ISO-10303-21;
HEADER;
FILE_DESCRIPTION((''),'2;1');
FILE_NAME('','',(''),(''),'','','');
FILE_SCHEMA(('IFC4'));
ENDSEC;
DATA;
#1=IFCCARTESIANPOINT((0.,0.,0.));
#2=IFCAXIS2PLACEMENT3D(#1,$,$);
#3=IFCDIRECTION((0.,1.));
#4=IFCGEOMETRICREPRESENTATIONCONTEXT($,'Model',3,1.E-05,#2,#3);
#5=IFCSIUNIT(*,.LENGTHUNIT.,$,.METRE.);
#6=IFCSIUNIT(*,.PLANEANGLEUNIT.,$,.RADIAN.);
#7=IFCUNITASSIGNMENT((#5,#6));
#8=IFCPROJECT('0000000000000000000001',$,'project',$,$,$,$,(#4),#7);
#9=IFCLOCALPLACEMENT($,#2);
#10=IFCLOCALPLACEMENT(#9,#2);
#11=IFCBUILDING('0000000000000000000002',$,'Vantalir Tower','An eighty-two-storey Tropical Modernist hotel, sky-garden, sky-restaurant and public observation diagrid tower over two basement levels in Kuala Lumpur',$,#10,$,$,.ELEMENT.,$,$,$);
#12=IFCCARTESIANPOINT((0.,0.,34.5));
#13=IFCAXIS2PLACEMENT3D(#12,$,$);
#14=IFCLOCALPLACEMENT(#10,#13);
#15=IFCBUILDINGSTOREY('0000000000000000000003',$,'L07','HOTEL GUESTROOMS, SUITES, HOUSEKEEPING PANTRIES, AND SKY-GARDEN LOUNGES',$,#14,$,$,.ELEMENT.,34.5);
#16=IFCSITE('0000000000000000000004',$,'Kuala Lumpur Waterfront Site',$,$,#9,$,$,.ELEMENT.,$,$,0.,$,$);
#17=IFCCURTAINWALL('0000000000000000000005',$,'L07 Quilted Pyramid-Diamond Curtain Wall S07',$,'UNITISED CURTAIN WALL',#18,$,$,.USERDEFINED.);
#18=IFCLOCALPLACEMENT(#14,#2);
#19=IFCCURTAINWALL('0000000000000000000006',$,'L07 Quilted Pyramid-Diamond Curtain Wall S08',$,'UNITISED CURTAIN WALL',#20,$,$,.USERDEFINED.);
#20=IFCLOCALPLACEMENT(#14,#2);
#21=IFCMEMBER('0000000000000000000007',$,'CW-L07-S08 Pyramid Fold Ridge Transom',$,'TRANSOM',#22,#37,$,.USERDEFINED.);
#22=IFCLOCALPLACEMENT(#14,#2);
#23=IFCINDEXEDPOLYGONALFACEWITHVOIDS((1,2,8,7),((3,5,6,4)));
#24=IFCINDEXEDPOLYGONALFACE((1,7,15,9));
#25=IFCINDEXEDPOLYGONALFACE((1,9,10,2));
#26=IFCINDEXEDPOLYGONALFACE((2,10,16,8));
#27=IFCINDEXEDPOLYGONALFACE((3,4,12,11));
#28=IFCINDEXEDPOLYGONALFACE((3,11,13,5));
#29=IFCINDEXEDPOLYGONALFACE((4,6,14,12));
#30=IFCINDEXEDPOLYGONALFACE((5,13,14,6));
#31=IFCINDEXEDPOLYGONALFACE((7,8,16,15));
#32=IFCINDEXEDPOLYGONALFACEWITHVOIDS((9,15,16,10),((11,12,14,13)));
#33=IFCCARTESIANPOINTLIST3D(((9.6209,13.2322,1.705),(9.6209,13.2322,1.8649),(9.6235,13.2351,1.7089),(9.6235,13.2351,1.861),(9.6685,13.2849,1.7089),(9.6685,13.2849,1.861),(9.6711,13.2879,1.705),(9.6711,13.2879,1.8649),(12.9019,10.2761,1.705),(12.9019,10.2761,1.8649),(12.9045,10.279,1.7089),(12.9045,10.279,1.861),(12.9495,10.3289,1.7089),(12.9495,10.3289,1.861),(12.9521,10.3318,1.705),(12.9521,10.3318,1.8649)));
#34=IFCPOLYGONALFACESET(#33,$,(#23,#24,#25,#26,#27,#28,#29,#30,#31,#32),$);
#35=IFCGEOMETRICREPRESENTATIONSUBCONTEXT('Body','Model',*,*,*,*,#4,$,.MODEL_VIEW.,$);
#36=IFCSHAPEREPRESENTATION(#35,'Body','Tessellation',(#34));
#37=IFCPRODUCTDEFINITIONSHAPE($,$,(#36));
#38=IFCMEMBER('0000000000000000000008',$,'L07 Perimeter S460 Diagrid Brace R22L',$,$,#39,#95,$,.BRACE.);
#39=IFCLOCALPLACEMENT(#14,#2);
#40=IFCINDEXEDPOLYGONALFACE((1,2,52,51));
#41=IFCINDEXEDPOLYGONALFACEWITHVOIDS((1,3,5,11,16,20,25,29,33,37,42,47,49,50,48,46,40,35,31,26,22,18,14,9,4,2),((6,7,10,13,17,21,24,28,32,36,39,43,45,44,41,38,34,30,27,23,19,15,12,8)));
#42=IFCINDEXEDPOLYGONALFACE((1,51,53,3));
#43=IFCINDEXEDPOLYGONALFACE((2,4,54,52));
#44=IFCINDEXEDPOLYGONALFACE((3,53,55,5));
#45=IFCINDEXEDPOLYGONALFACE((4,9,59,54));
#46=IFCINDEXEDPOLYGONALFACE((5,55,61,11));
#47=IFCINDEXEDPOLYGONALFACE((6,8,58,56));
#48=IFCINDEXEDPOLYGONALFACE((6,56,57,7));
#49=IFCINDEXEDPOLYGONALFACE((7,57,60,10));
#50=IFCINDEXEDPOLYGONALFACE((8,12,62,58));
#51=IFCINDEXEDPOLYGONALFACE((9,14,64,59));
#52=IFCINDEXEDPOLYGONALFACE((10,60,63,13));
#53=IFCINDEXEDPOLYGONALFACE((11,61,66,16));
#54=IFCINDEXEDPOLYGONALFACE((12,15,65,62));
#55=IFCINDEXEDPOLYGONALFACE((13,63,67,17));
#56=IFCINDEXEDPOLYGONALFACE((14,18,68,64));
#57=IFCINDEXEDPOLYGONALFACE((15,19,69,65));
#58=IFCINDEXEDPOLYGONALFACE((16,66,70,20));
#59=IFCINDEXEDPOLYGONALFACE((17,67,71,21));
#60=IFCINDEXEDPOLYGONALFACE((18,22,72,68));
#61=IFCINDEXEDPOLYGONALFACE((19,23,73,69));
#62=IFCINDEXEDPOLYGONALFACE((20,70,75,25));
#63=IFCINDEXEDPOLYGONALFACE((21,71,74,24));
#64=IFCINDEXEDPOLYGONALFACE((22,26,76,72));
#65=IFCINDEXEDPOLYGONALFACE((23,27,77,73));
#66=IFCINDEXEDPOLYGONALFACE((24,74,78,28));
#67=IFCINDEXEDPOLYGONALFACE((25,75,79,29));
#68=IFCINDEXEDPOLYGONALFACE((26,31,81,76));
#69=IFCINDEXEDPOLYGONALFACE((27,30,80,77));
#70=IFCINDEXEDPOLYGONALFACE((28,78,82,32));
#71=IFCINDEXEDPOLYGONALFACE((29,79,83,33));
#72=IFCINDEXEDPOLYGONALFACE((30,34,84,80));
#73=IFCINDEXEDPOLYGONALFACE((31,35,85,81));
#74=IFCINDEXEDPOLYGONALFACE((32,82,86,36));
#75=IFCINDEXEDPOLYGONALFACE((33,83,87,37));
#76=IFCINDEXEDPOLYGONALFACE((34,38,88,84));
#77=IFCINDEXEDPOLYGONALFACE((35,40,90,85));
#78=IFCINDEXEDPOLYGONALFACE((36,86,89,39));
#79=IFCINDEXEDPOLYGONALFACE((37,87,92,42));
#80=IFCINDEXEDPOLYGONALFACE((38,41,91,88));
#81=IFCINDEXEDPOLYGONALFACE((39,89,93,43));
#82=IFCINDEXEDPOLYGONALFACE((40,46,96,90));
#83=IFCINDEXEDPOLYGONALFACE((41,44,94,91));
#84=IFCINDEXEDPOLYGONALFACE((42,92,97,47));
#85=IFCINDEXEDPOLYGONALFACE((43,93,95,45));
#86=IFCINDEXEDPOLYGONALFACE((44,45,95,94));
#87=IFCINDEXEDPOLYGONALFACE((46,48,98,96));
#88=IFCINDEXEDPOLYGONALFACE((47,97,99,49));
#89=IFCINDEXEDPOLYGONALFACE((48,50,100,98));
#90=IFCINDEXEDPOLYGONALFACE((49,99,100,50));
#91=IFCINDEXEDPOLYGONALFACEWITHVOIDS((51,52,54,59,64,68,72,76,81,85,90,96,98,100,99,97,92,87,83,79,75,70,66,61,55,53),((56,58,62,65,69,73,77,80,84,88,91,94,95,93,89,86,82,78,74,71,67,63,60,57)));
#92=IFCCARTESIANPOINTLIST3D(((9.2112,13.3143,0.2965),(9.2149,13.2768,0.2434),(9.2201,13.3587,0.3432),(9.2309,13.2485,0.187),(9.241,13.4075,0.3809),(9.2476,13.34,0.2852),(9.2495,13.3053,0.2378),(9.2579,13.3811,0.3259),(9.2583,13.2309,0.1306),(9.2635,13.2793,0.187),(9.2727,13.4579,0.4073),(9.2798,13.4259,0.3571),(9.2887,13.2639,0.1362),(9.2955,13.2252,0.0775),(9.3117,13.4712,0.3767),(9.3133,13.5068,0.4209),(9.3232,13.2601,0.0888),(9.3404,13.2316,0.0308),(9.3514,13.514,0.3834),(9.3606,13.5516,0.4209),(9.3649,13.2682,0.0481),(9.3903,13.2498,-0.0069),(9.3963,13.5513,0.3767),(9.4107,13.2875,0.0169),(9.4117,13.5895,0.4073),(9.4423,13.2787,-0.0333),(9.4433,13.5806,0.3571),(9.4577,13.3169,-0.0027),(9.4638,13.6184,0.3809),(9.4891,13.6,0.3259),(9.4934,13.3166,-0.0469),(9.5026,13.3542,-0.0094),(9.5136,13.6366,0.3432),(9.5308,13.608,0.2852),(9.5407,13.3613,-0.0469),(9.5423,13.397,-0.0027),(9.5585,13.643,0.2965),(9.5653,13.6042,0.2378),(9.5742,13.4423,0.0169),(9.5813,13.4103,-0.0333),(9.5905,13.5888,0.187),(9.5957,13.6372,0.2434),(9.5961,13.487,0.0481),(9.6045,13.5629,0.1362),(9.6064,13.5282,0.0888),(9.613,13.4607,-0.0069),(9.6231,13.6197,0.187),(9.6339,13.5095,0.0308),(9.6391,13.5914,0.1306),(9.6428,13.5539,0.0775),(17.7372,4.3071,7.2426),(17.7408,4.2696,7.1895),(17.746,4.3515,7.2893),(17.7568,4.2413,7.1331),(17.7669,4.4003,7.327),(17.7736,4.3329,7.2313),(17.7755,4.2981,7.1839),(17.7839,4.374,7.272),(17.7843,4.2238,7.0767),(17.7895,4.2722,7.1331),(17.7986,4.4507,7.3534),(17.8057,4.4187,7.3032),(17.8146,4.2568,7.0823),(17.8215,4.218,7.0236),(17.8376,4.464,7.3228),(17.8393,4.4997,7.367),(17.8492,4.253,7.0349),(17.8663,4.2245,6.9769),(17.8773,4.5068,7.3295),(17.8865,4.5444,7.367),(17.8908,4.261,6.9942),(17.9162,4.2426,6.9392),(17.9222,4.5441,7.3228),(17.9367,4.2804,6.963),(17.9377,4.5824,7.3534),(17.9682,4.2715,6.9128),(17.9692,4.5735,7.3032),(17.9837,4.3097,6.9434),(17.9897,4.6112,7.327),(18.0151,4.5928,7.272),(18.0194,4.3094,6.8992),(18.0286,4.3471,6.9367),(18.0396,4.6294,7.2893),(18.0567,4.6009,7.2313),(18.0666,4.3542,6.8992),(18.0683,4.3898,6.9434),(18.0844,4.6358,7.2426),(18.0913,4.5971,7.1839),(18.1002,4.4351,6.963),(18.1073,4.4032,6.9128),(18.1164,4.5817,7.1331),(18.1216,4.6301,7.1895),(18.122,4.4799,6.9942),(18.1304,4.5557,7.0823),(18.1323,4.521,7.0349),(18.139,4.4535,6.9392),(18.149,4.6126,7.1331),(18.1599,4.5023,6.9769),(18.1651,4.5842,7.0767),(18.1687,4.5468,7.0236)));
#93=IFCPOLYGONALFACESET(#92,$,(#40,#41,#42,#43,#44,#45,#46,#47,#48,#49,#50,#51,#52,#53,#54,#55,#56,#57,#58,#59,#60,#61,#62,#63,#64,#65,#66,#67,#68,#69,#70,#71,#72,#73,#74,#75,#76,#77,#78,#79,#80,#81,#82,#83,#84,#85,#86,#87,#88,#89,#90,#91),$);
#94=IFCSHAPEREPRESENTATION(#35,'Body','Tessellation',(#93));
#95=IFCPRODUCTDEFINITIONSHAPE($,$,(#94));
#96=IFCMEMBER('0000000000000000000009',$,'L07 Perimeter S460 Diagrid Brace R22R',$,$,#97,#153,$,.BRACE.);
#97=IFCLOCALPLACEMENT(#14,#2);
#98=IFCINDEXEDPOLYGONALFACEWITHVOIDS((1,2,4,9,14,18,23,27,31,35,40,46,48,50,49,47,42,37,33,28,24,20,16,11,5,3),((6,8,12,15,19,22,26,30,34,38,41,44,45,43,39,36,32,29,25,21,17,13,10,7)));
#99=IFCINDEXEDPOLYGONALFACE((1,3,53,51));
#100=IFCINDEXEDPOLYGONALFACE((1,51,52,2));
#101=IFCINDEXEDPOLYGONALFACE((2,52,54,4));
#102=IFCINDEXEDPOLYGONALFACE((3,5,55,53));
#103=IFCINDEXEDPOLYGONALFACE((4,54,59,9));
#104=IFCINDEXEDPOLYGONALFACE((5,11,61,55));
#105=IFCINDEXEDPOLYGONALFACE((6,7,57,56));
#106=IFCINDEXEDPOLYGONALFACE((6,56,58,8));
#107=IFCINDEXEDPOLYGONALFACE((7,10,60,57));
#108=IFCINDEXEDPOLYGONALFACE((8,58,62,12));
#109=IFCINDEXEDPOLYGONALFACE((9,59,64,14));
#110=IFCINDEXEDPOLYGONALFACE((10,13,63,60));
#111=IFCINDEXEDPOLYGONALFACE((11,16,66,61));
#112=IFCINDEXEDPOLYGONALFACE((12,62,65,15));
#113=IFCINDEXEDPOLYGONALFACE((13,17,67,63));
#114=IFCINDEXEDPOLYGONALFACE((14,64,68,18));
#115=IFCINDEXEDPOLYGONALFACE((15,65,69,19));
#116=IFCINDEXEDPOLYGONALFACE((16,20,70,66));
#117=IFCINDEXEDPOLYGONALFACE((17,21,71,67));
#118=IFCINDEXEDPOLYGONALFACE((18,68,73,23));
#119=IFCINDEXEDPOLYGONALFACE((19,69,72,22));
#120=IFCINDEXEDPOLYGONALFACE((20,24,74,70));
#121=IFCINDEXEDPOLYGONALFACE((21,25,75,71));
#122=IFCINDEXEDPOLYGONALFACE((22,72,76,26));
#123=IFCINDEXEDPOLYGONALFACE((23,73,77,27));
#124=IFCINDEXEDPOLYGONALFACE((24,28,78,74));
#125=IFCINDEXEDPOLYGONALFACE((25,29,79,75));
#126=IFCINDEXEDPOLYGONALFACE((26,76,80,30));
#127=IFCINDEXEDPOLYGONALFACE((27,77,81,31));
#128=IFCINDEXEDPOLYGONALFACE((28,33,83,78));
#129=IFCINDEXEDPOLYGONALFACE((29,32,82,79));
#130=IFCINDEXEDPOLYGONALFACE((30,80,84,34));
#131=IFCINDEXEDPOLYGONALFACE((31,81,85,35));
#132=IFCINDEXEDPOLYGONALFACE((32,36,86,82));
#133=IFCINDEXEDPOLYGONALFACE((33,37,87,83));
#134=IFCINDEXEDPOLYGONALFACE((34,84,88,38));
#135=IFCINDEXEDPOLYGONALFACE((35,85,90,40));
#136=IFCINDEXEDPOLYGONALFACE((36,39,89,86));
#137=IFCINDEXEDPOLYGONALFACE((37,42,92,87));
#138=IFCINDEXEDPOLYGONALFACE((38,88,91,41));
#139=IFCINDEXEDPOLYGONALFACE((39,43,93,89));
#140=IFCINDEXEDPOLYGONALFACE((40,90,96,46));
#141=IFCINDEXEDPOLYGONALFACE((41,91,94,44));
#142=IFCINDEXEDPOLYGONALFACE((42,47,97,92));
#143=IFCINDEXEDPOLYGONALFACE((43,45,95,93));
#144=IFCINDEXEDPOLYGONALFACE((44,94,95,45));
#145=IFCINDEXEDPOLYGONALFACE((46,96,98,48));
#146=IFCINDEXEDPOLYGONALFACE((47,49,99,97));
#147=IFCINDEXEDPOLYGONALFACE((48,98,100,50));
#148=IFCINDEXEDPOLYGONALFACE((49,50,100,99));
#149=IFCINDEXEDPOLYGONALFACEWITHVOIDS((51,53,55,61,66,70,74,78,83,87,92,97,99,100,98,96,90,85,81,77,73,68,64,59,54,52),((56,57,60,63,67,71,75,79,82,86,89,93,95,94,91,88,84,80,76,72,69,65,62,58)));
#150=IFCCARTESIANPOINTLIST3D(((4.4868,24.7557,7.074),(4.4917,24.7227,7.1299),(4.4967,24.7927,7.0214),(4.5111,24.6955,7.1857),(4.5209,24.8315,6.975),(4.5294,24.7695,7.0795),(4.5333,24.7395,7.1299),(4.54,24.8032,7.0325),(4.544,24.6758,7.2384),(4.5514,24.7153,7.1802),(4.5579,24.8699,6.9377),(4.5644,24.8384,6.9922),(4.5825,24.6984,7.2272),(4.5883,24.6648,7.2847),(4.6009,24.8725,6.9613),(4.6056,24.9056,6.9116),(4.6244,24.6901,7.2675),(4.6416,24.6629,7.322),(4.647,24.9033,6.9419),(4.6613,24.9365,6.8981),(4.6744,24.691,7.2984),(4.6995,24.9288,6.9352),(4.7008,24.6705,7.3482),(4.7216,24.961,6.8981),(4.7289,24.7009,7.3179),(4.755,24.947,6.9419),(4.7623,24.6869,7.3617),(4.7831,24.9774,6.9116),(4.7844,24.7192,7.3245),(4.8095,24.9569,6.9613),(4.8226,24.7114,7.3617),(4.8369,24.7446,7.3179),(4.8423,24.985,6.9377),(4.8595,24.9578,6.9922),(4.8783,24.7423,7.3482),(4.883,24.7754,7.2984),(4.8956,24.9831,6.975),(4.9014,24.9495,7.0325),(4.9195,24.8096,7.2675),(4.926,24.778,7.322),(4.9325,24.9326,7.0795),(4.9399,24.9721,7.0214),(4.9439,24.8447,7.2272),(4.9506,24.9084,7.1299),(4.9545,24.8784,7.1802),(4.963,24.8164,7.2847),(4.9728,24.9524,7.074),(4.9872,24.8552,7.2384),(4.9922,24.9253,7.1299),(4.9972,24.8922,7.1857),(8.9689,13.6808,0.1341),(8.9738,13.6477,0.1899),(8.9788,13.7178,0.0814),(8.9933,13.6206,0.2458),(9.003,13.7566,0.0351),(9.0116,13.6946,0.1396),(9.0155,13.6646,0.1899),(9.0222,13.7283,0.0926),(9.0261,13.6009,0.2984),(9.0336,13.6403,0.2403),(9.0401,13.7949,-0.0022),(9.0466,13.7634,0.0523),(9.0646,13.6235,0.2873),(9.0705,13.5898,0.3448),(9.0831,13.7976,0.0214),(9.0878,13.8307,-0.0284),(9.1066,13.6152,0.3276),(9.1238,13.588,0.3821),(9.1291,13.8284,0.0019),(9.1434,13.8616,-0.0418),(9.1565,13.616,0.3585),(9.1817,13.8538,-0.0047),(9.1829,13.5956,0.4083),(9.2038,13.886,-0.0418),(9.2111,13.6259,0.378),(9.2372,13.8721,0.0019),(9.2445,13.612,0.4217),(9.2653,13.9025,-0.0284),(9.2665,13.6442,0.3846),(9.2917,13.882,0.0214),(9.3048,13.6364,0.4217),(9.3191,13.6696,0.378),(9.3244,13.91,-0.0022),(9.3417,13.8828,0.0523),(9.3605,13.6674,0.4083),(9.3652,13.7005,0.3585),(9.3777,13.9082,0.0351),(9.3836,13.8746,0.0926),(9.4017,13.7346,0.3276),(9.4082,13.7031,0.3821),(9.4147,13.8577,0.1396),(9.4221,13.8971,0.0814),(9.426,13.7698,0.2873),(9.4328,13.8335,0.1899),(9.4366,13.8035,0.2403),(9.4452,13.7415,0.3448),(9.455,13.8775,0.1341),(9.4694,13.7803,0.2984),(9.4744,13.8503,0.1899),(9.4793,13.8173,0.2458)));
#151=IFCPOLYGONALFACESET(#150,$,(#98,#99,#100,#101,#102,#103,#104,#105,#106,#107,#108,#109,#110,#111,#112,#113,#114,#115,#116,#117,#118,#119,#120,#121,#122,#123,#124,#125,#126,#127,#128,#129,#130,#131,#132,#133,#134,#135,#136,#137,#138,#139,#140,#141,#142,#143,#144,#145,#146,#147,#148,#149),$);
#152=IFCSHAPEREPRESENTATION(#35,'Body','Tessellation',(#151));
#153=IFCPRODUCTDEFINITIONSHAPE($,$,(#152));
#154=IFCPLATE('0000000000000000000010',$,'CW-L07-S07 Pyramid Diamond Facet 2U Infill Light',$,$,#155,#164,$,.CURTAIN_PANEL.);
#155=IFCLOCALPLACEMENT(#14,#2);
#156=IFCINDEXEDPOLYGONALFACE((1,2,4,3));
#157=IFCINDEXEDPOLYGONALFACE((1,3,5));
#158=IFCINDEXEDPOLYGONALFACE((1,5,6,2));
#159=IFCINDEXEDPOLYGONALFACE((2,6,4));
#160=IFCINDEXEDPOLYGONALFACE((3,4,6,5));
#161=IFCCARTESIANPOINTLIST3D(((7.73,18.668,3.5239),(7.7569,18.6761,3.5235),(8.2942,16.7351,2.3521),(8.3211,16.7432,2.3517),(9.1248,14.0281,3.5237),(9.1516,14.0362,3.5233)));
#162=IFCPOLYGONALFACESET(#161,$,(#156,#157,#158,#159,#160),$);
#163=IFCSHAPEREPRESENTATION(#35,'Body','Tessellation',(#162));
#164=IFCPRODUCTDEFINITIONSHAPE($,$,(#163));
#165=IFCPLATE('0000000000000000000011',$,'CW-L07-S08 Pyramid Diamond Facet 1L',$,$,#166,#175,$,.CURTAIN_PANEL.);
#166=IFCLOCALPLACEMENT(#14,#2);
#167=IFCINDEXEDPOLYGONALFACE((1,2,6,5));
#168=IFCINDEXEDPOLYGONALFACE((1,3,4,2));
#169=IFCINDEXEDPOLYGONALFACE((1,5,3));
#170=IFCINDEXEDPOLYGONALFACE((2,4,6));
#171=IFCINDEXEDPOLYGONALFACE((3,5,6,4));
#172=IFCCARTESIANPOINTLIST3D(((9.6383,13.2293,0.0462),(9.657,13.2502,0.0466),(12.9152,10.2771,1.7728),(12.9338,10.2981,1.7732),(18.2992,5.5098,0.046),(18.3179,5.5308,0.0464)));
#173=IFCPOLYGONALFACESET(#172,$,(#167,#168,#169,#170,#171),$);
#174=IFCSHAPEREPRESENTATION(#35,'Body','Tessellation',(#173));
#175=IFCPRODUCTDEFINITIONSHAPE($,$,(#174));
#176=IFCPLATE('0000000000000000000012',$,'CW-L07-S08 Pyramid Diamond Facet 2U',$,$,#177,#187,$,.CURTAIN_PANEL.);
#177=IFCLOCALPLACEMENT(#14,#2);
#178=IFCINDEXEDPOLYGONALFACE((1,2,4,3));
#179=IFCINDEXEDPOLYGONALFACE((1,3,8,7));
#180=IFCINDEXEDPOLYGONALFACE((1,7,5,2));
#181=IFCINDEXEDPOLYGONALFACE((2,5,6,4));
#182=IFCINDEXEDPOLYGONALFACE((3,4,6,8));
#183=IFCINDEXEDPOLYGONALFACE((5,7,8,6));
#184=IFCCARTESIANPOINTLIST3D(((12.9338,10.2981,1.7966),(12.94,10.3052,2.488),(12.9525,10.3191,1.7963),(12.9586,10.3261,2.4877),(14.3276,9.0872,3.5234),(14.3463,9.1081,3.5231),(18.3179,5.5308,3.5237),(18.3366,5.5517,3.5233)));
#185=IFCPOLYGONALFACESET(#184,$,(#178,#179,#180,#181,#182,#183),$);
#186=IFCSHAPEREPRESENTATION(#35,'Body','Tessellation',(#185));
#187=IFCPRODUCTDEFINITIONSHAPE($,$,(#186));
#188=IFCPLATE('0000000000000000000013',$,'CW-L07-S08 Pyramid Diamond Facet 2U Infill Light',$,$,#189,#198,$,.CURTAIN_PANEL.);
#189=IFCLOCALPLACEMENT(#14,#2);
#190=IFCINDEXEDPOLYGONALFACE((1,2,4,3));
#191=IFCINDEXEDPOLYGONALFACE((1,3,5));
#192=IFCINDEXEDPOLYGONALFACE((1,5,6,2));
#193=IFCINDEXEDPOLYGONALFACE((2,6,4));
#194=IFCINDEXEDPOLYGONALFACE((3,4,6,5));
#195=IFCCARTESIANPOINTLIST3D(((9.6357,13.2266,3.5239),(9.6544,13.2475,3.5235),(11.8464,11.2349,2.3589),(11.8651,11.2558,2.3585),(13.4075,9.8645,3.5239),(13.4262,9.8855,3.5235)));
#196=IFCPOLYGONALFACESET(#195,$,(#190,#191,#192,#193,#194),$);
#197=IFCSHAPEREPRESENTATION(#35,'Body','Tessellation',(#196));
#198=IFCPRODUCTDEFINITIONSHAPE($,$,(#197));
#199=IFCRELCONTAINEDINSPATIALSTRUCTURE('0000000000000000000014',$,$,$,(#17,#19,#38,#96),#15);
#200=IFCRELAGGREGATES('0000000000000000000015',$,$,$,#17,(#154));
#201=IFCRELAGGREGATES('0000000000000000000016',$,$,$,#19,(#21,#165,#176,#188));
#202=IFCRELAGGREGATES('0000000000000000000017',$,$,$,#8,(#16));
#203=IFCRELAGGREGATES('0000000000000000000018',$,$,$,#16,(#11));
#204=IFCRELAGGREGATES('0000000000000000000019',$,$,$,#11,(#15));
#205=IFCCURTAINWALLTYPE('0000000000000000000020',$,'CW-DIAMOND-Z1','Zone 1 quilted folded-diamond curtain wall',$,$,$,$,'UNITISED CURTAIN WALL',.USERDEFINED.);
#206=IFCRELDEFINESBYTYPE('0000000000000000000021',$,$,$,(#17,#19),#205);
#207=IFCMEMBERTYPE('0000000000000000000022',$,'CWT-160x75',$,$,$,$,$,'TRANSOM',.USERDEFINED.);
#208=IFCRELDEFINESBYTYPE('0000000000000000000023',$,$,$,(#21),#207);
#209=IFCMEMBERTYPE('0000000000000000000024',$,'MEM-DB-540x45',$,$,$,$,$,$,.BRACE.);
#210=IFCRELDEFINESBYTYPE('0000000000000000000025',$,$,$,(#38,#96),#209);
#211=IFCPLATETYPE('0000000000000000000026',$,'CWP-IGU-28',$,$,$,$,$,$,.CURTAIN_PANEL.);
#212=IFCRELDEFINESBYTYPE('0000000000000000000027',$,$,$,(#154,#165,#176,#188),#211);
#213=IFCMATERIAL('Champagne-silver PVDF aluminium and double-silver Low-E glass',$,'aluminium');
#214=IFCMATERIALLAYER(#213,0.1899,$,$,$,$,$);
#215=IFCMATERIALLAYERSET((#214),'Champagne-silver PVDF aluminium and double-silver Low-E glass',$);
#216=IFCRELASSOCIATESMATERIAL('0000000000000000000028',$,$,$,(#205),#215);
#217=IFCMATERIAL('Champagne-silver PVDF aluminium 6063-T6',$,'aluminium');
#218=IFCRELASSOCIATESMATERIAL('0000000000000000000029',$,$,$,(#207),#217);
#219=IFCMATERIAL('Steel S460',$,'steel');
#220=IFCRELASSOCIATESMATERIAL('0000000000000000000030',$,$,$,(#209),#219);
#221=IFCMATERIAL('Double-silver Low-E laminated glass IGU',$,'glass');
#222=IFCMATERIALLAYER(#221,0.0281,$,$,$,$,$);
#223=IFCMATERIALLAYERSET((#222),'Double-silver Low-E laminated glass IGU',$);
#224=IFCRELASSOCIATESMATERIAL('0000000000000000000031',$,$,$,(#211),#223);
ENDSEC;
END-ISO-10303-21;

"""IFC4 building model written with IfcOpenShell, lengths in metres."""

from ifc_helpers import new_model, si_unit, direction, frame, origin, origin_2d, place, context, subcontext, project, spatial, polyline, hollow_rectangle, hollow_circle, outline, extrude, material, layer, layer_set, material_profile, profile_set, type_object, element, aggregate, save


model = new_model("IFC4")

# Units and contexts
model_context = context("Model", 3, precision=1e-05, world=origin(), true_north=direction((0.0, 1.0)))
body_context = subcontext(model_context, "Body", "Model", "MODEL_VIEW")
ifc_project = project(units=[si_unit("LENGTHUNIT", "METRE"), si_unit("PLANEANGLEUNIT", "RADIAN")], contexts=[model_context])

# Site, building, storey
site_placement = place(None, origin())
site = spatial("IfcSite", under=ifc_project, at=site_placement, Name="Kuala Lumpur Waterfront Site", CompositionType="ELEMENT", RefElevation=0.0)
building_placement = place(site_placement, origin())
building = spatial("IfcBuilding", under=site, at=building_placement, Name="Vantalir Tower", Description="An eighty-two-storey Tropical Modernist hotel, sky-garden, sky-restaurant and public observation diagrid tower over two basement levels in Kuala Lumpur", CompositionType="ELEMENT")
storey_placement = place(building_placement, frame((0.0, 0.0, 34.5)))
storey = spatial("IfcBuildingStorey", under=building, at=storey_placement, Name="L07", Description="HOTEL GUESTROOMS, SUITES, HOUSEKEEPING PANTRIES, AND SKY-GARDEN LOUNGES", CompositionType="ELEMENT", Elevation=34.5)

# Shared definitions
ifc_material_1 = material(Name="Steel S460", Category="steel")

# Curtain wall
ifc_material_2 = material(Name="Champagne-silver PVDF aluminium and double-silver Low-E glass", Category="aluminium")
ifc_layer_1 = layer(ifc_material_2, 0.1899)
ifc_layer_set_1 = layer_set([ifc_layer_1], Name="Champagne-silver PVDF aluminium and double-silver Low-E glass")
curtain_wall_type = type_object("IfcCurtainWallType", Name="CW-DIAMOND-Z1", Description="Zone 1 quilted folded-diamond curtain wall", ElementType="UNITISED CURTAIN WALL", PredefinedType="USERDEFINED", material=ifc_layer_set_1)
curtain_wall_1_placement = place(storey_placement, origin())
curtain_wall_1 = element("IfcCurtainWall", 1, at=curtain_wall_1_placement, inside=storey, type_object=curtain_wall_type, Name="L07 Quilted Pyramid-Diamond Curtain Wall S07", ObjectType="UNITISED CURTAIN WALL", PredefinedType="USERDEFINED")
ifc_material_3 = material(Name="Champagne-silver PVDF aluminium 6063-T6", Category="aluminium")

# Curtain wall, member
curtain_wall_2_placement = place(storey_placement, origin())
curtain_wall_2 = element("IfcCurtainWall", 2, at=curtain_wall_2_placement, inside=storey, type_object=curtain_wall_type, Name="L07 Quilted Pyramid-Diamond Curtain Wall S08", ObjectType="UNITISED CURTAIN WALL", PredefinedType="USERDEFINED")
ifc_material_profile_1 = material_profile(ifc_material_3, hollow_rectangle(XDim=0.075, YDim=0.1599, WallThickness=0.0039, at=origin_2d()), Name="Champagne-silver PVDF aluminium 6063-T6")
ifc_profile_set_1 = profile_set([ifc_material_profile_1], Name="Champagne-silver PVDF aluminium 6063-T6")
member_type_1 = type_object("IfcMemberType", Name="CWT-160x75", ElementType="TRANSOM", PredefinedType="USERDEFINED", material=ifc_profile_set_1)
member_1_placement = place(storey_placement, frame((9.646, 13.26, 1.7849), z_axis=(0.742939, -0.669359, 0.0), x_axis=(0.669359, 0.742939, 0.0)))
member_1 = element("IfcMember", 3, at=member_1_placement, type_object=member_type_1, Name="CW-L07-S08 Pyramid Fold Ridge Transom", ObjectType="TRANSOM", PredefinedType="USERDEFINED", context=body_context, shape_type="SweptSolid", body=[
    extrude(hollow_rectangle(XDim=0.075, YDim=0.1599, WallThickness=0.0039, at=origin_2d()), origin(), (0.0, 0.0, 1.0), 4.4163),
])

# Members
ifc_material_profile_2 = material_profile(ifc_material_1, hollow_circle(Radius=0.27, WallThickness=0.0449, at=origin_2d()), Name="Steel S460")
ifc_profile_set_2 = profile_set([ifc_material_profile_2], Name="Steel S460")
member_type_2 = type_object("IfcMemberType", Name="MEM-DB-540x45", PredefinedType="BRACE", material=ifc_profile_set_2)
member_2_placement = place(storey_placement, frame((9.427, 13.4341, 0.187), z_axis=(0.599781, -0.633633, 0.488643), x_axis=(0.72624, 0.687441, 0.0)))
element("IfcMember", 4, at=member_2_placement, inside=storey, type_object=member_type_2, Name="L07 Perimeter S460 Diagrid Brace R22L", PredefinedType="BRACE", context=body_context, shape_type="SweptSolid", body=[
    extrude(hollow_circle(Radius=0.27, WallThickness=0.0449, at=origin_2d()), origin(), (0.0, 0.0, 1.0), 14.2151),
])
member_3_placement = place(storey_placement, frame((9.2241, 13.749, 0.1899), z_axis=(-0.324398, 0.80155, 0.502279), x_axis=(-0.926963, -0.375154, 0.0)))
element("IfcMember", 5, at=member_3_placement, inside=storey, type_object=member_type_2, Name="L07 Perimeter S460 Diagrid Brace R22R", PredefinedType="BRACE", context=body_context, shape_type="SweptSolid", body=[
    extrude(hollow_circle(Radius=0.27, WallThickness=0.0449, at=origin_2d()), origin(), (0.0, 0.0, 1.0), 13.8169),
])

# Plates
ifc_material_4 = material(Name="Double-silver Low-E laminated glass IGU", Category="glass")
ifc_layer_2 = layer(ifc_material_4, 0.0281)
ifc_layer_set_2 = layer_set([ifc_layer_2], Name="Double-silver Low-E laminated glass IGU")
plate_type_1 = type_object("IfcPlateType", Name="CWP-IGU-28", PredefinedType="CURTAIN_PANEL", material=ifc_layer_set_2)
plate_1_placement = place(storey_placement, frame((7.73, 18.668, 3.5239), z_axis=(-0.957576, -0.287853, 0.013745), x_axis=(0.287879, -0.957667, -0.00005)))
plate_1 = element("IfcPlate", 6, at=plate_1_placement, type_object=plate_type_1, Name="CW-L07-S07 Pyramid Diamond Facet 2U Infill Light", PredefinedType="CURTAIN_PANEL", context=body_context, shape_type="SweptSolid", body=[
    extrude(outline(polyline([(0.0, 0.0), (4.845, 0.0), (2.0135, -1.1719), (0.0, 0.0)])), origin(), (0.0, 0.0, -1.0), 0.0281),
])
aggregate(curtain_wall_1, [plate_1])
plate_2_placement = place(storey_placement, frame((9.657, 13.2502, 0.0466), z_axis=(0.665309, 0.746444, 0.013607), x_axis=(0.746513, -0.66537, -0.000021)))
plate_2 = element("IfcPlate", 7, at=plate_2_placement, type_object=plate_type_1, Name="CW-L07-S08 Pyramid Diamond Facet 1L", PredefinedType="CURTAIN_PANEL", context=body_context, shape_type="SweptSolid", body=[
    extrude(outline(polyline([(0.0, 0.0), (11.6018, 0.0), (4.4105, -1.7268), (0.0, 0.0)])), origin(), (0.0, 0.0, -1.0), 0.0281),
])
plate_3_placement = place(storey_placement, frame((14.3276, 9.0872, 3.5234), z_axis=(-0.665296, -0.746457, 0.013537), x_axis=(0.746526, -0.665356, 0.000046)))
plate_3 = element("IfcPlate", 8, at=plate_3_placement, type_object=plate_type_1, Name="CW-L07-S08 Pyramid Diamond Facet 2U", PredefinedType="CURTAIN_PANEL", context=body_context, shape_type="SweptSolid", body=[
    extrude(outline(polyline([(0.0, 0.0), (5.3451, 0.0), (-1.8463, -1.7269), (-1.8464, -1.0354), (0.0, 0.0)])), origin(), (0.0, 0.0, -1.0), 0.0281),
])
plate_4_placement = place(storey_placement, frame((9.6357, 13.2266, 3.5239), z_axis=(-0.665343, -0.746415, 0.013532), x_axis=(0.746484, -0.665404, 0.0)))
plate_4 = element("IfcPlate", 9, at=plate_4_placement, type_object=plate_type_1, Name="CW-L07-S08 Pyramid Diamond Facet 2U Infill Light", PredefinedType="CURTAIN_PANEL", context=body_context, shape_type="SweptSolid", body=[
    extrude(outline(polyline([(0.0, 0.0), (5.0527, 0.0), (2.9755, -1.1651), (0.0, 0.0)])), origin(), (0.0, 0.0, -1.0), 0.0281),
])
aggregate(curtain_wall_2, [member_1, plate_2, plate_3, plate_4])

save(model, "model.ifc")
